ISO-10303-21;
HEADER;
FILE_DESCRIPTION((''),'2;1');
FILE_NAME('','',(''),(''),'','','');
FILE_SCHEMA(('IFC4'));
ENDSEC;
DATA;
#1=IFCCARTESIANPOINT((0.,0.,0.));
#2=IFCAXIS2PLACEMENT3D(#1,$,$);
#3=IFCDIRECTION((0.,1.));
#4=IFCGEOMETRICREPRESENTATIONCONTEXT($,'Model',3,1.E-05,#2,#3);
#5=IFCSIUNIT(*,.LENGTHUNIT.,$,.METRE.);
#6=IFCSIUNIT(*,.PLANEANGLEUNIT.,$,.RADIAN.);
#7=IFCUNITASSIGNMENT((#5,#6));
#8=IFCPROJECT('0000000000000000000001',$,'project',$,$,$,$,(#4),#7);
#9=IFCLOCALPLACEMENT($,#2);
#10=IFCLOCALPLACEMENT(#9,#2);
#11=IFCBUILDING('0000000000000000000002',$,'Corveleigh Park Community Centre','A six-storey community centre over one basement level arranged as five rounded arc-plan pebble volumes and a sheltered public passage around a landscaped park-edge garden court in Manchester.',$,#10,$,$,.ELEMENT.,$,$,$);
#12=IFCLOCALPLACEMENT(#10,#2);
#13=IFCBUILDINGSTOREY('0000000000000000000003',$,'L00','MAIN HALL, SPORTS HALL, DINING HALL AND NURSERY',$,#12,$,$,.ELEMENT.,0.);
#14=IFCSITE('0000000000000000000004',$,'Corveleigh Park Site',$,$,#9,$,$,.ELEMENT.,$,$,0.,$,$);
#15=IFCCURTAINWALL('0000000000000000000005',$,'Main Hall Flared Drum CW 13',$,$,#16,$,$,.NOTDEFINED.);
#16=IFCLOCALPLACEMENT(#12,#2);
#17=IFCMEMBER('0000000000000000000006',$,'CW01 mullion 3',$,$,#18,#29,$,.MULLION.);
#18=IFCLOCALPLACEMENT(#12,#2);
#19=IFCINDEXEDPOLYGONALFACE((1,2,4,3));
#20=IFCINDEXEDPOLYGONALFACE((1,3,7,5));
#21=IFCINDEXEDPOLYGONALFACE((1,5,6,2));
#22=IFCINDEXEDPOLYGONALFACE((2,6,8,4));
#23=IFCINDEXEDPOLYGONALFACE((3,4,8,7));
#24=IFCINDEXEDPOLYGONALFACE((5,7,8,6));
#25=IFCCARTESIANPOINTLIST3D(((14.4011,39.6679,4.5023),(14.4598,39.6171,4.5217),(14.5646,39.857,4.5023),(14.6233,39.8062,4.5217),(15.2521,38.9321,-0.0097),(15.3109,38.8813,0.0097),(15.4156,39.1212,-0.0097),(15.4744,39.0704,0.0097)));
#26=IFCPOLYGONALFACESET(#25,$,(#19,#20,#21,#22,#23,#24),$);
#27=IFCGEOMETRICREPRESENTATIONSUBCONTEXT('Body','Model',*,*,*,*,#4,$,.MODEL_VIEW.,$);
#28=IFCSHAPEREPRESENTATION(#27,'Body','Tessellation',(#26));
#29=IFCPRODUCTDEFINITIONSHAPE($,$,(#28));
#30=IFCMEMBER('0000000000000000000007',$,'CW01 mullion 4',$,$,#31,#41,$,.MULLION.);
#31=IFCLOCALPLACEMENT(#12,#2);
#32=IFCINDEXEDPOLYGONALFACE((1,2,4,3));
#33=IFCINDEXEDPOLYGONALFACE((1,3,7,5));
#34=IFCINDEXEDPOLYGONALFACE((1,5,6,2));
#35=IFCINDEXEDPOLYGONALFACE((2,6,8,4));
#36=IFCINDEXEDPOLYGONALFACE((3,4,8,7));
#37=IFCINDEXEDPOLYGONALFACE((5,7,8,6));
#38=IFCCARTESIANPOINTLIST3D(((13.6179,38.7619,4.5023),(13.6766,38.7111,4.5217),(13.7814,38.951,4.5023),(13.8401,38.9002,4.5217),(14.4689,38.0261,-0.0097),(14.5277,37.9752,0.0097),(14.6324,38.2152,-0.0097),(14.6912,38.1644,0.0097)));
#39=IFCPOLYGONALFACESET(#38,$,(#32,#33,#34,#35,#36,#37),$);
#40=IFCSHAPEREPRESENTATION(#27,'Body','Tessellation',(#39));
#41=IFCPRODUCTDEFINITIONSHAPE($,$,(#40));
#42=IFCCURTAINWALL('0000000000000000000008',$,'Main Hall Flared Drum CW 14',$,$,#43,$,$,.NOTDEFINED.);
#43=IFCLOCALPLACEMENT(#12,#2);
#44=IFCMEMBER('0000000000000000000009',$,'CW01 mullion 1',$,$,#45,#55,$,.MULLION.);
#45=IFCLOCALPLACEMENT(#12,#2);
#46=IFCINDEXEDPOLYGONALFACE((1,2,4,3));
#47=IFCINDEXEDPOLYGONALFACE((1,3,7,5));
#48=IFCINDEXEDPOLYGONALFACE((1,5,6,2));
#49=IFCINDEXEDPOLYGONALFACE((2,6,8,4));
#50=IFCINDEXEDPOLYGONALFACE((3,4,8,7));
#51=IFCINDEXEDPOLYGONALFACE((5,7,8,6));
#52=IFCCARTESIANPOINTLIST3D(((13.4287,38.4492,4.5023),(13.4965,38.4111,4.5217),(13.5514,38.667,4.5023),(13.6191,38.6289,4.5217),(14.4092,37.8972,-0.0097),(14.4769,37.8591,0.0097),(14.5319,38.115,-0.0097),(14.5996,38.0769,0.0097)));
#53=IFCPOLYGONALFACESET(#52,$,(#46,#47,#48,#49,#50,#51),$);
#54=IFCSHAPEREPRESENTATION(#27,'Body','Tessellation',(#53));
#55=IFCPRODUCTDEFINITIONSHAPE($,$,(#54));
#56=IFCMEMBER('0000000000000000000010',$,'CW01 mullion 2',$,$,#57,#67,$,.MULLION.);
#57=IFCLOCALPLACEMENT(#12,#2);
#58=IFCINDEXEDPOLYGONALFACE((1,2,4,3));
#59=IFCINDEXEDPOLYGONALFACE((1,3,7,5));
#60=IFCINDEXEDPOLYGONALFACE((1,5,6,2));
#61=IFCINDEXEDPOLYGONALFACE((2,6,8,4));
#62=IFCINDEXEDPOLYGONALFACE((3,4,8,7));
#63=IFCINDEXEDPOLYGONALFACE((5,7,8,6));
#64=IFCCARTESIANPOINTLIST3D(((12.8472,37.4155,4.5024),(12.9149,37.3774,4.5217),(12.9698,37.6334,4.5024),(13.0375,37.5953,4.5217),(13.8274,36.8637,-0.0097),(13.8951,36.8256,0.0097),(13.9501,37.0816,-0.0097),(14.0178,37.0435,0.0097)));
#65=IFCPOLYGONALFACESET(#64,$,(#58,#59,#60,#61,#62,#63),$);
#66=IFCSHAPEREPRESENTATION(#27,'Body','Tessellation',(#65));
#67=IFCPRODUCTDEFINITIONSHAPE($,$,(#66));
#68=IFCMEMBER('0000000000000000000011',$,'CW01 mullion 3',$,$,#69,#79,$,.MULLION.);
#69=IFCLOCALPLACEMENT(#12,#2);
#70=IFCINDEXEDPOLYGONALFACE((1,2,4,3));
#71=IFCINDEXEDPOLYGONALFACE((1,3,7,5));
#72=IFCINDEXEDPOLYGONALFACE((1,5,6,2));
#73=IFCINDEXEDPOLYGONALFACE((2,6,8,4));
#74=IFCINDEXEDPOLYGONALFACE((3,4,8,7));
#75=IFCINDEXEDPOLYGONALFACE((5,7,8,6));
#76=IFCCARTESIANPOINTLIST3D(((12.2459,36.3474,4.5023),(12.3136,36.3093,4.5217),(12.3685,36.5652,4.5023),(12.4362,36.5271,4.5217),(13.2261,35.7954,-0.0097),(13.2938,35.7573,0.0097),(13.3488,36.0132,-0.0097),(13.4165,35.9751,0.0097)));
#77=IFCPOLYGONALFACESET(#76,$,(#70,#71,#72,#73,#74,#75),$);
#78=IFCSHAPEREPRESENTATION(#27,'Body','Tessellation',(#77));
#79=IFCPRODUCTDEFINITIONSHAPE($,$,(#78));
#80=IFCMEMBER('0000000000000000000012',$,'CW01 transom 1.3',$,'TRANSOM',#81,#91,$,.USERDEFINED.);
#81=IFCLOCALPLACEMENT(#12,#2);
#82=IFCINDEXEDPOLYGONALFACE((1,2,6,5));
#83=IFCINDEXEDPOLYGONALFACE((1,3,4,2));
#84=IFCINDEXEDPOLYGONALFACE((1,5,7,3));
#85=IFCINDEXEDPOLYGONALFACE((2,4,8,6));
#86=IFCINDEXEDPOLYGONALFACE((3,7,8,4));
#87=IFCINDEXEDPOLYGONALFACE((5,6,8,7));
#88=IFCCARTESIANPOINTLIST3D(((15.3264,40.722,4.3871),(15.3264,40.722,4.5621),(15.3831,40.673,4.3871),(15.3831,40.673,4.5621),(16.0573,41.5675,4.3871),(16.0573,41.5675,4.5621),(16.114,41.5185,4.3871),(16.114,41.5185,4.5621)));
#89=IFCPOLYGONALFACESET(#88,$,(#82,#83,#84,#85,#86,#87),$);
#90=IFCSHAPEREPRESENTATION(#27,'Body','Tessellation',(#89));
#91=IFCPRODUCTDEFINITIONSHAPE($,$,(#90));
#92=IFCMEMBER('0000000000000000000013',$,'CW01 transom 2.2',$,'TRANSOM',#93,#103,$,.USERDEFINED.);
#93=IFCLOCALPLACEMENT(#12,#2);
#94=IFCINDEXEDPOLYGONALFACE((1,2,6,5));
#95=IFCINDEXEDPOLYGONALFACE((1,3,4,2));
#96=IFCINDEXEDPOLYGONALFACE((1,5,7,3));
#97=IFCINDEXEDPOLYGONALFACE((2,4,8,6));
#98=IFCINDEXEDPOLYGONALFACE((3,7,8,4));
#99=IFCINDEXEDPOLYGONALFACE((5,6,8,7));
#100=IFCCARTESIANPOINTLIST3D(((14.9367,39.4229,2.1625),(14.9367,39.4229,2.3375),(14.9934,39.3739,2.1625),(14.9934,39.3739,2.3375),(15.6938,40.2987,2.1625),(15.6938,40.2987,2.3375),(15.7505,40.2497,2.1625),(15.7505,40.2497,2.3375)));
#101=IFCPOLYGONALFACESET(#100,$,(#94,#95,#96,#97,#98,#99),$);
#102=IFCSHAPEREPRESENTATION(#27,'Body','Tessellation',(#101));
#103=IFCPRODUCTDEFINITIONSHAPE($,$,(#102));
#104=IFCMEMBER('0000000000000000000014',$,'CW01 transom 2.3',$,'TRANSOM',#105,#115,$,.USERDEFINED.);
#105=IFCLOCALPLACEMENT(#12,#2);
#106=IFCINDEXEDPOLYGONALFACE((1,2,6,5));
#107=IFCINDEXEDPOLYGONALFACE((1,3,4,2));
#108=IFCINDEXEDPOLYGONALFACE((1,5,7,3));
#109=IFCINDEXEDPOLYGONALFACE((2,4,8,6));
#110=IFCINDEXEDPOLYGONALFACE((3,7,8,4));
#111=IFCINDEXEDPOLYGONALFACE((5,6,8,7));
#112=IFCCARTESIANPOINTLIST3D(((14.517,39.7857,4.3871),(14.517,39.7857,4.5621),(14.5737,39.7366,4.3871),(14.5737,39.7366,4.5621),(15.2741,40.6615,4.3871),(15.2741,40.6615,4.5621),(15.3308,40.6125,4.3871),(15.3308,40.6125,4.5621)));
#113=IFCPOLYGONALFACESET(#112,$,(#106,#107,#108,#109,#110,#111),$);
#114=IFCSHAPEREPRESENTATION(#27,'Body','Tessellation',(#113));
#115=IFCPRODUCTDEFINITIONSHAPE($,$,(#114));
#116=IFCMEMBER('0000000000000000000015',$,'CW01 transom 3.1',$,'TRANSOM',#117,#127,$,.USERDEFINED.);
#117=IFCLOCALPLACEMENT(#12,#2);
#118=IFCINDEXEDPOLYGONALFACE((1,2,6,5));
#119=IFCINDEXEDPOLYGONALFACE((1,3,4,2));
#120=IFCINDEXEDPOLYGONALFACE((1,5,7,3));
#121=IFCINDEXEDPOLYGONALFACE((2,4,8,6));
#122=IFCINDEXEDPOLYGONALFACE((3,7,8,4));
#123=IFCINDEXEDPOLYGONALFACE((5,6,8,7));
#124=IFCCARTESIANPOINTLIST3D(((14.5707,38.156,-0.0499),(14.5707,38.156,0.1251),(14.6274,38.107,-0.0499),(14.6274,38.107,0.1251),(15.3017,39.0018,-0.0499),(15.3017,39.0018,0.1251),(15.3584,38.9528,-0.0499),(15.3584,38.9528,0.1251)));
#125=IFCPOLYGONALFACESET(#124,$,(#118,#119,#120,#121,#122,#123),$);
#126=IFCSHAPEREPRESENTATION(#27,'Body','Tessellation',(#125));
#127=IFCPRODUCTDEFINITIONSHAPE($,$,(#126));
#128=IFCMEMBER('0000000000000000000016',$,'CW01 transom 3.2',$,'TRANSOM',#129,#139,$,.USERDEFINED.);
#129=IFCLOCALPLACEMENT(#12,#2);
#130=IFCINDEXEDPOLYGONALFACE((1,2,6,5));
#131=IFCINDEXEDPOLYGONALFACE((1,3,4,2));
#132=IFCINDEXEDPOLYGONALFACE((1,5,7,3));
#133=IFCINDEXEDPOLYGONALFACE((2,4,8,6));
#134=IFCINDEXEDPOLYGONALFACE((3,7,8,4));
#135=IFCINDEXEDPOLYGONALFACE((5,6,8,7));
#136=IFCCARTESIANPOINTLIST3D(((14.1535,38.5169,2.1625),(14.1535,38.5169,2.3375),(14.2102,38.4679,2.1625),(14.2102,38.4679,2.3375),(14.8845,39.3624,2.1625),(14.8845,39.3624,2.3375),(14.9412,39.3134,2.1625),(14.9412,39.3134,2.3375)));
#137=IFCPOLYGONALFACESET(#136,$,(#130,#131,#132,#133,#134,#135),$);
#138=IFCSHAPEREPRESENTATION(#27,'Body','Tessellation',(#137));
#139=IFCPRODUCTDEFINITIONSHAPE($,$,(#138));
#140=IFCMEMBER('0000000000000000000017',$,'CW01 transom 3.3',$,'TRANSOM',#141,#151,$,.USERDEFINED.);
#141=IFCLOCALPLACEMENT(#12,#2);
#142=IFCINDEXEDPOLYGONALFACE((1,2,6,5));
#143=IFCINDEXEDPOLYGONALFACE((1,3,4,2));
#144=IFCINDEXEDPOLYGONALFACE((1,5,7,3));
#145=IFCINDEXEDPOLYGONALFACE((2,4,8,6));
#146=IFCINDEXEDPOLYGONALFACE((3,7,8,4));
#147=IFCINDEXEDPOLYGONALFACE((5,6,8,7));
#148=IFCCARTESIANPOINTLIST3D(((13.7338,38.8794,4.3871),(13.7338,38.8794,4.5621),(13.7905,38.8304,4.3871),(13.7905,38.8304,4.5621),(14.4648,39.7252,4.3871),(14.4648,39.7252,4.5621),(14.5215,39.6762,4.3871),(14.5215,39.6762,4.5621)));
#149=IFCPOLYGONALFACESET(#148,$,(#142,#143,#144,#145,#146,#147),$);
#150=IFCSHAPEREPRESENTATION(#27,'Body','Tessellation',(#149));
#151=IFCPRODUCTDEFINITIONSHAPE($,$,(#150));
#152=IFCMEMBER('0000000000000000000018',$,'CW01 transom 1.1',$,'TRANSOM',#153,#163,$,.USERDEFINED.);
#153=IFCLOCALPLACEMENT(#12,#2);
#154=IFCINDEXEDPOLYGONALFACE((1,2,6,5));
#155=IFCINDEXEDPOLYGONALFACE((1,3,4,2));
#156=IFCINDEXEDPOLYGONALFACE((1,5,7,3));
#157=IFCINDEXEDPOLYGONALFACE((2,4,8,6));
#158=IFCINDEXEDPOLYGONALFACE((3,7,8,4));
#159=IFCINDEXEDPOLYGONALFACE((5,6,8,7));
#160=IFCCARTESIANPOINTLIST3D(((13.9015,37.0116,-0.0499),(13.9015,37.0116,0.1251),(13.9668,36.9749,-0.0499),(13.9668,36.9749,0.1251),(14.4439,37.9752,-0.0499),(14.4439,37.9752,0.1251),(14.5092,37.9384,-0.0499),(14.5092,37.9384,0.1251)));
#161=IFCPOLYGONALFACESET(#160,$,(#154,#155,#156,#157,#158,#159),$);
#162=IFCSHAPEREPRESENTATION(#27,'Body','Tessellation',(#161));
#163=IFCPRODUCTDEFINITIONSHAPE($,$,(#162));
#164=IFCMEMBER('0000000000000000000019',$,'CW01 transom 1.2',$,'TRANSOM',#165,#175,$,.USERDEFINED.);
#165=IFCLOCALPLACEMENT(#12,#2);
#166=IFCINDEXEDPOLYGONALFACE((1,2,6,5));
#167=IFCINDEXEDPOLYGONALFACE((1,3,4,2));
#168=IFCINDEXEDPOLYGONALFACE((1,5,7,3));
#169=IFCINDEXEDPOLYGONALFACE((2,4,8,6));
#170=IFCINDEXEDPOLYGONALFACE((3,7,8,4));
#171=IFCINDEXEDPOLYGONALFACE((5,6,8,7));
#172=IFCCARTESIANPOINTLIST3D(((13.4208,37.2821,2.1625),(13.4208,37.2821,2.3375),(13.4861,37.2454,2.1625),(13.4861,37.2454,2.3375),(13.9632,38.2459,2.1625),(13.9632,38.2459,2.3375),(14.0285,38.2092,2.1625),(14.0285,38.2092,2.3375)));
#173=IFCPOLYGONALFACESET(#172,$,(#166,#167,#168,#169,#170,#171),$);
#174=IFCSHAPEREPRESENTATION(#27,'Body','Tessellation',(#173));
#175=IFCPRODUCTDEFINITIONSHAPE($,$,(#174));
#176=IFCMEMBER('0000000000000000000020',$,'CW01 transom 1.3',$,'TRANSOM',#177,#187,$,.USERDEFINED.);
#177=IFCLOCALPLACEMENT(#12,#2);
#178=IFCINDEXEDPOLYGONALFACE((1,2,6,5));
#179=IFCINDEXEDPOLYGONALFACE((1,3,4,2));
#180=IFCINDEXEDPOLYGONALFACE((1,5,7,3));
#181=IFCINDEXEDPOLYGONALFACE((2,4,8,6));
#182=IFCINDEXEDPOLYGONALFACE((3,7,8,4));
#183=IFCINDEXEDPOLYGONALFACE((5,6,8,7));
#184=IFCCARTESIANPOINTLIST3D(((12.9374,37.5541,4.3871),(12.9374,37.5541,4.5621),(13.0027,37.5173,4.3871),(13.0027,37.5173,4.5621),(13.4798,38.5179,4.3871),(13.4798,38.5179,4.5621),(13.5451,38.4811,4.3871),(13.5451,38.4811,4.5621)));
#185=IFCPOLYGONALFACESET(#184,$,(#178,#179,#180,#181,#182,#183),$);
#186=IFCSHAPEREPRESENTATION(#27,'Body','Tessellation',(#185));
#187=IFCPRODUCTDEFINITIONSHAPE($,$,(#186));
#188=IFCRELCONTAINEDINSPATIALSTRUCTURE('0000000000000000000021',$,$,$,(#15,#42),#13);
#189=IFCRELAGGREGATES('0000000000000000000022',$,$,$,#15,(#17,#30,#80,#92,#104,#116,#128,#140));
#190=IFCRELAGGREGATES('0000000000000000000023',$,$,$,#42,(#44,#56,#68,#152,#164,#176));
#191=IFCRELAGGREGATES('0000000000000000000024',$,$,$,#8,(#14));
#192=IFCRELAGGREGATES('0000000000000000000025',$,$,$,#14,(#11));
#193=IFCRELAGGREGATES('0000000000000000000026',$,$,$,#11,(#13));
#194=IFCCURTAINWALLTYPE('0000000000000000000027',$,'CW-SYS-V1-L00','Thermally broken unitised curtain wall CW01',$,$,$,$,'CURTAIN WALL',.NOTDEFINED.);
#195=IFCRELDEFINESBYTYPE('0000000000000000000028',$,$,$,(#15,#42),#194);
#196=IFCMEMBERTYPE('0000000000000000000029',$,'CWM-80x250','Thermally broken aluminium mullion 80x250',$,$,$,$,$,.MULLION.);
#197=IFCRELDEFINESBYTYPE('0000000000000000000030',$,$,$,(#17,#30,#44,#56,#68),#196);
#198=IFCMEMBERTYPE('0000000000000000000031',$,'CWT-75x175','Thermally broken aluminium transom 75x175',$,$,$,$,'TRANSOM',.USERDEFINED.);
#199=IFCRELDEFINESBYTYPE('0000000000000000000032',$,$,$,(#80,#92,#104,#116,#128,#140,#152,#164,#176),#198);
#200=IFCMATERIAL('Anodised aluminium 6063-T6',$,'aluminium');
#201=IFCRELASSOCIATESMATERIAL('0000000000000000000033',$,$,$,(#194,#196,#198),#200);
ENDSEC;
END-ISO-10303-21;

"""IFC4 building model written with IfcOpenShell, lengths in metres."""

from ifc_helpers import new_model, si_unit, direction, frame, origin, origin_2d, place, context, subcontext, project, spatial, rectangle, extrude, material, material_profile, profile_set, type_object, element, aggregate, save


model = new_model("IFC4")

# Units and contexts
model_context = context("Model", 3, precision=1e-05, world=origin(), true_north=direction((0.0, 1.0)))
body_context = subcontext(model_context, "Body", "Model", "MODEL_VIEW")
ifc_project = project(units=[si_unit("LENGTHUNIT", "METRE"), si_unit("PLANEANGLEUNIT", "RADIAN")], contexts=[model_context])

# Site, building, storey
site_placement = place(None, origin())
site = spatial("IfcSite", under=ifc_project, at=site_placement, Name="Corveleigh Park Site", CompositionType="ELEMENT", RefElevation=0.0)
building_placement = place(site_placement, origin())
building = spatial("IfcBuilding", under=site, at=building_placement, Name="Corveleigh Park Community Centre", Description="A six-storey community centre over one basement level arranged as five rounded arc-plan pebble volumes and a sheltered public passage around a landscaped park-edge garden court in Manchester.", CompositionType="ELEMENT")
storey_placement = place(building_placement, origin())
storey = spatial("IfcBuildingStorey", under=building, at=storey_placement, Name="L00", Description="MAIN HALL, SPORTS HALL, DINING HALL AND NURSERY", CompositionType="ELEMENT", Elevation=0.0)

# Curtain walls, members
ifc_material_1 = material(Name="Anodised aluminium 6063-T6", Category="aluminium")
curtain_wall_type = type_object("IfcCurtainWallType", Name="CW-SYS-V1-L00", Description="Thermally broken unitised curtain wall CW01", ElementType="CURTAIN WALL", PredefinedType="NOTDEFINED", material=ifc_material_1)
curtain_wall_1_placement = place(storey_placement, origin())
curtain_wall_1 = element("IfcCurtainWall", 1, at=curtain_wall_1_placement, inside=storey, type_object=curtain_wall_type, Name="Main Hall Flared Drum CW 13", PredefinedType="NOTDEFINED")
ifc_material_profile_1 = material_profile(ifc_material_1, rectangle(XDim=0.0801, YDim=0.25, at=origin_2d()), Name="ALU-M80x250", Category="aluminium")
ifc_profile_set_1 = profile_set([ifc_material_profile_1], Name="Anodised aluminium 6063-T6")
member_type_1 = type_object("IfcMemberType", Name="CWM-80x250", Description="Thermally broken aluminium mullion 80x250", PredefinedType="MULLION", material=ifc_profile_set_1)
member_1_placement = place(storey_placement, frame((15.3633, 39.0012, 0.0), z_axis=(-0.183022, 0.158241, 0.97029), x_axis=(0.733987, -0.634606, 0.241945)))
member_1 = element("IfcMember", 2, at=member_1_placement, type_object=member_type_1, Name="CW01 mullion 3", PredefinedType="MULLION", context=body_context, shape_type="SweptSolid", body=[
    extrude(rectangle(XDim=0.0801, YDim=0.25, at=origin_2d()), origin(), (0.0, 0.0, 1.0), 4.6501),
])
member_2_placement = place(storey_placement, frame((14.5801, 38.0952, 0.0), z_axis=(-0.183022, 0.158241, 0.97029), x_axis=(0.733987, -0.634606, 0.241945)))
member_2 = element("IfcMember", 3, at=member_2_placement, type_object=member_type_1, Name="CW01 mullion 4", PredefinedType="MULLION", context=body_context, shape_type="SweptSolid", body=[
    extrude(rectangle(XDim=0.0801, YDim=0.25, at=origin_2d()), origin(), (0.0, 0.0, 1.0), 4.6501),
])
curtain_wall_2_placement = place(storey_placement, origin())
curtain_wall_2 = element("IfcCurtainWall", 4, at=curtain_wall_2_placement, inside=storey, type_object=curtain_wall_type, Name="Main Hall Flared Drum CW 14", PredefinedType="NOTDEFINED")
member_3_placement = place(storey_placement, frame((14.5044, 37.9871, 0.0), z_axis=(-0.210847, 0.118706, 0.970285), x_axis=(0.845496, -0.476013, 0.241966)))
member_3 = element("IfcMember", 5, at=member_3_placement, type_object=member_type_1, Name="CW01 mullion 1", PredefinedType="MULLION", context=body_context, shape_type="SweptSolid", body=[
    extrude(rectangle(XDim=0.0801, YDim=0.25, at=origin_2d()), origin(), (0.0, 0.0, 1.0), 4.6501),
])
member_4_placement = place(storey_placement, frame((13.9226, 36.9536, 0.0), z_axis=(-0.210798, 0.118656, 0.970301), x_axis=(0.84555, -0.475951, 0.241899)))
member_4 = element("IfcMember", 6, at=member_4_placement, type_object=member_type_1, Name="CW01 mullion 2", PredefinedType="MULLION", context=body_context, shape_type="SweptSolid", body=[
    extrude(rectangle(XDim=0.0801, YDim=0.25, at=origin_2d()), origin(), (0.0, 0.0, 1.0), 4.6501),
])
member_5_placement = place(storey_placement, frame((13.3213, 35.8853, 0.0), z_axis=(-0.210797, 0.118708, 0.970295), x_axis=(0.845455, -0.476108, 0.241923)))
member_5 = element("IfcMember", 7, at=member_5_placement, type_object=member_type_1, Name="CW01 mullion 3", PredefinedType="MULLION", context=body_context, shape_type="SweptSolid", body=[
    extrude(rectangle(XDim=0.0801, YDim=0.25, at=origin_2d()), origin(), (0.0, 0.0, 1.0), 4.6501),
])

# Members
ifc_material_profile_2 = material_profile(ifc_material_1, rectangle(XDim=0.075, YDim=0.175, at=origin_2d()), Name="ALU-T75x175", Category="aluminium")
ifc_profile_set_2 = profile_set([ifc_material_profile_2], Name="Anodised aluminium 6063-T6")
member_type_2 = type_object("IfcMemberType", Name="CWT-75x175", Description="Thermally broken aluminium transom 75x175", ElementType="TRANSOM", PredefinedType="USERDEFINED", material=ifc_profile_set_2)
member_6_placement = place(storey_placement, frame((16.0857, 41.543, 4.4746), z_axis=(-0.654024, -0.756474, 0.0), x_axis=(0.756474, -0.654024, 0.0)))
member_6 = element("IfcMember", 8, at=member_6_placement, type_object=member_type_2, Name="CW01 transom 1.3", ObjectType="TRANSOM", PredefinedType="USERDEFINED", context=body_context, shape_type="SweptSolid", body=[
    extrude(rectangle(XDim=0.075, YDim=0.175, at=origin_2d()), origin(), (0.0, 0.0, 1.0), 1.1177),
])
member_7_placement = place(storey_placement, frame((15.7222, 40.2742, 2.25), z_axis=(-0.653999, -0.756496, 0.0), x_axis=(0.756496, -0.653999, 0.0)))
member_7 = element("IfcMember", 9, at=member_7_placement, type_object=member_type_2, Name="CW01 transom 2.2", ObjectType="TRANSOM", PredefinedType="USERDEFINED", context=body_context, shape_type="SweptSolid", body=[
    extrude(rectangle(XDim=0.075, YDim=0.175, at=origin_2d()), origin(), (0.0, 0.0, 1.0), 1.1577),
])
member_8_placement = place(storey_placement, frame((15.3025, 40.637, 4.4746), z_axis=(-0.653999, -0.756496, 0.0), x_axis=(0.756496, -0.653999, 0.0)))
member_8 = element("IfcMember", 10, at=member_8_placement, type_object=member_type_2, Name="CW01 transom 2.3", ObjectType="TRANSOM", PredefinedType="USERDEFINED", context=body_context, shape_type="SweptSolid", body=[
    extrude(rectangle(XDim=0.075, YDim=0.175, at=origin_2d()), origin(), (0.0, 0.0, 1.0), 1.1577),
])
member_9_placement = place(storey_placement, frame((15.3301, 38.9773, 0.0376), z_axis=(-0.653916, -0.756568, 0.0), x_axis=(0.756568, -0.653916, 0.0)))
member_9 = element("IfcMember", 11, at=member_9_placement, type_object=member_type_2, Name="CW01 transom 3.1", ObjectType="TRANSOM", PredefinedType="USERDEFINED", context=body_context, shape_type="SweptSolid", body=[
    extrude(rectangle(XDim=0.075, YDim=0.175, at=origin_2d()), origin(), (0.0, 0.0, 1.0), 1.1179),
])
member_10_placement = place(storey_placement, frame((14.9128, 39.3379, 2.25), z_axis=(-0.654024, -0.756474, 0.0), x_axis=(0.756474, -0.654024, 0.0)))
member_10 = element("IfcMember", 12, at=member_10_placement, type_object=member_type_2, Name="CW01 transom 3.2", ObjectType="TRANSOM", PredefinedType="USERDEFINED", context=body_context, shape_type="SweptSolid", body=[
    extrude(rectangle(XDim=0.075, YDim=0.175, at=origin_2d()), origin(), (0.0, 0.0, 1.0), 1.1177),
])
member_11_placement = place(storey_placement, frame((14.4932, 39.7007, 4.4746), z_axis=(-0.653916, -0.756568, 0.0), x_axis=(0.756568, -0.653916, 0.0)))
member_11 = element("IfcMember", 13, at=member_11_placement, type_object=member_type_2, Name="CW01 transom 3.3", ObjectType="TRANSOM", PredefinedType="USERDEFINED", context=body_context, shape_type="SweptSolid", body=[
    extrude(rectangle(XDim=0.075, YDim=0.175, at=origin_2d()), origin(), (0.0, 0.0, 1.0), 1.1179),
])
member_12_placement = place(storey_placement, frame((14.4766, 37.9568, 0.0376), z_axis=(-0.490565, -0.871404, 0.0), x_axis=(0.871404, -0.490565, 0.0)))
member_12 = element("IfcMember", 14, at=member_12_placement, type_object=member_type_2, Name="CW01 transom 1.1", ObjectType="TRANSOM", PredefinedType="USERDEFINED", context=body_context, shape_type="SweptSolid", body=[
    extrude(rectangle(XDim=0.075, YDim=0.175, at=origin_2d()), origin(), (0.0, 0.0, 1.0), 1.1057),
])
member_13_placement = place(storey_placement, frame((13.9958, 38.2275, 2.25), z_axis=(-0.490471, -0.871458, 0.0), x_axis=(0.871458, -0.490471, 0.0)))
member_13 = element("IfcMember", 15, at=member_13_placement, type_object=member_type_2, Name="CW01 transom 1.2", ObjectType="TRANSOM", PredefinedType="USERDEFINED", context=body_context, shape_type="SweptSolid", body=[
    extrude(rectangle(XDim=0.075, YDim=0.175, at=origin_2d()), origin(), (0.0, 0.0, 1.0), 1.106),
])
member_14_placement = place(storey_placement, frame((13.5125, 38.4995, 4.4746), z_axis=(-0.490471, -0.871458, 0.0), x_axis=(0.871458, -0.490471, 0.0)))
member_14 = element("IfcMember", 16, at=member_14_placement, type_object=member_type_2, Name="CW01 transom 1.3", ObjectType="TRANSOM", PredefinedType="USERDEFINED", context=body_context, shape_type="SweptSolid", body=[
    extrude(rectangle(XDim=0.075, YDim=0.175, at=origin_2d()), origin(), (0.0, 0.0, 1.0), 1.106),
])

aggregate(curtain_wall_1, [member_1, member_2, member_6, member_7, member_8, member_9, member_10, member_11])
aggregate(curtain_wall_2, [member_3, member_4, member_5, member_12, member_13, member_14])

save(model, "model.ifc")
